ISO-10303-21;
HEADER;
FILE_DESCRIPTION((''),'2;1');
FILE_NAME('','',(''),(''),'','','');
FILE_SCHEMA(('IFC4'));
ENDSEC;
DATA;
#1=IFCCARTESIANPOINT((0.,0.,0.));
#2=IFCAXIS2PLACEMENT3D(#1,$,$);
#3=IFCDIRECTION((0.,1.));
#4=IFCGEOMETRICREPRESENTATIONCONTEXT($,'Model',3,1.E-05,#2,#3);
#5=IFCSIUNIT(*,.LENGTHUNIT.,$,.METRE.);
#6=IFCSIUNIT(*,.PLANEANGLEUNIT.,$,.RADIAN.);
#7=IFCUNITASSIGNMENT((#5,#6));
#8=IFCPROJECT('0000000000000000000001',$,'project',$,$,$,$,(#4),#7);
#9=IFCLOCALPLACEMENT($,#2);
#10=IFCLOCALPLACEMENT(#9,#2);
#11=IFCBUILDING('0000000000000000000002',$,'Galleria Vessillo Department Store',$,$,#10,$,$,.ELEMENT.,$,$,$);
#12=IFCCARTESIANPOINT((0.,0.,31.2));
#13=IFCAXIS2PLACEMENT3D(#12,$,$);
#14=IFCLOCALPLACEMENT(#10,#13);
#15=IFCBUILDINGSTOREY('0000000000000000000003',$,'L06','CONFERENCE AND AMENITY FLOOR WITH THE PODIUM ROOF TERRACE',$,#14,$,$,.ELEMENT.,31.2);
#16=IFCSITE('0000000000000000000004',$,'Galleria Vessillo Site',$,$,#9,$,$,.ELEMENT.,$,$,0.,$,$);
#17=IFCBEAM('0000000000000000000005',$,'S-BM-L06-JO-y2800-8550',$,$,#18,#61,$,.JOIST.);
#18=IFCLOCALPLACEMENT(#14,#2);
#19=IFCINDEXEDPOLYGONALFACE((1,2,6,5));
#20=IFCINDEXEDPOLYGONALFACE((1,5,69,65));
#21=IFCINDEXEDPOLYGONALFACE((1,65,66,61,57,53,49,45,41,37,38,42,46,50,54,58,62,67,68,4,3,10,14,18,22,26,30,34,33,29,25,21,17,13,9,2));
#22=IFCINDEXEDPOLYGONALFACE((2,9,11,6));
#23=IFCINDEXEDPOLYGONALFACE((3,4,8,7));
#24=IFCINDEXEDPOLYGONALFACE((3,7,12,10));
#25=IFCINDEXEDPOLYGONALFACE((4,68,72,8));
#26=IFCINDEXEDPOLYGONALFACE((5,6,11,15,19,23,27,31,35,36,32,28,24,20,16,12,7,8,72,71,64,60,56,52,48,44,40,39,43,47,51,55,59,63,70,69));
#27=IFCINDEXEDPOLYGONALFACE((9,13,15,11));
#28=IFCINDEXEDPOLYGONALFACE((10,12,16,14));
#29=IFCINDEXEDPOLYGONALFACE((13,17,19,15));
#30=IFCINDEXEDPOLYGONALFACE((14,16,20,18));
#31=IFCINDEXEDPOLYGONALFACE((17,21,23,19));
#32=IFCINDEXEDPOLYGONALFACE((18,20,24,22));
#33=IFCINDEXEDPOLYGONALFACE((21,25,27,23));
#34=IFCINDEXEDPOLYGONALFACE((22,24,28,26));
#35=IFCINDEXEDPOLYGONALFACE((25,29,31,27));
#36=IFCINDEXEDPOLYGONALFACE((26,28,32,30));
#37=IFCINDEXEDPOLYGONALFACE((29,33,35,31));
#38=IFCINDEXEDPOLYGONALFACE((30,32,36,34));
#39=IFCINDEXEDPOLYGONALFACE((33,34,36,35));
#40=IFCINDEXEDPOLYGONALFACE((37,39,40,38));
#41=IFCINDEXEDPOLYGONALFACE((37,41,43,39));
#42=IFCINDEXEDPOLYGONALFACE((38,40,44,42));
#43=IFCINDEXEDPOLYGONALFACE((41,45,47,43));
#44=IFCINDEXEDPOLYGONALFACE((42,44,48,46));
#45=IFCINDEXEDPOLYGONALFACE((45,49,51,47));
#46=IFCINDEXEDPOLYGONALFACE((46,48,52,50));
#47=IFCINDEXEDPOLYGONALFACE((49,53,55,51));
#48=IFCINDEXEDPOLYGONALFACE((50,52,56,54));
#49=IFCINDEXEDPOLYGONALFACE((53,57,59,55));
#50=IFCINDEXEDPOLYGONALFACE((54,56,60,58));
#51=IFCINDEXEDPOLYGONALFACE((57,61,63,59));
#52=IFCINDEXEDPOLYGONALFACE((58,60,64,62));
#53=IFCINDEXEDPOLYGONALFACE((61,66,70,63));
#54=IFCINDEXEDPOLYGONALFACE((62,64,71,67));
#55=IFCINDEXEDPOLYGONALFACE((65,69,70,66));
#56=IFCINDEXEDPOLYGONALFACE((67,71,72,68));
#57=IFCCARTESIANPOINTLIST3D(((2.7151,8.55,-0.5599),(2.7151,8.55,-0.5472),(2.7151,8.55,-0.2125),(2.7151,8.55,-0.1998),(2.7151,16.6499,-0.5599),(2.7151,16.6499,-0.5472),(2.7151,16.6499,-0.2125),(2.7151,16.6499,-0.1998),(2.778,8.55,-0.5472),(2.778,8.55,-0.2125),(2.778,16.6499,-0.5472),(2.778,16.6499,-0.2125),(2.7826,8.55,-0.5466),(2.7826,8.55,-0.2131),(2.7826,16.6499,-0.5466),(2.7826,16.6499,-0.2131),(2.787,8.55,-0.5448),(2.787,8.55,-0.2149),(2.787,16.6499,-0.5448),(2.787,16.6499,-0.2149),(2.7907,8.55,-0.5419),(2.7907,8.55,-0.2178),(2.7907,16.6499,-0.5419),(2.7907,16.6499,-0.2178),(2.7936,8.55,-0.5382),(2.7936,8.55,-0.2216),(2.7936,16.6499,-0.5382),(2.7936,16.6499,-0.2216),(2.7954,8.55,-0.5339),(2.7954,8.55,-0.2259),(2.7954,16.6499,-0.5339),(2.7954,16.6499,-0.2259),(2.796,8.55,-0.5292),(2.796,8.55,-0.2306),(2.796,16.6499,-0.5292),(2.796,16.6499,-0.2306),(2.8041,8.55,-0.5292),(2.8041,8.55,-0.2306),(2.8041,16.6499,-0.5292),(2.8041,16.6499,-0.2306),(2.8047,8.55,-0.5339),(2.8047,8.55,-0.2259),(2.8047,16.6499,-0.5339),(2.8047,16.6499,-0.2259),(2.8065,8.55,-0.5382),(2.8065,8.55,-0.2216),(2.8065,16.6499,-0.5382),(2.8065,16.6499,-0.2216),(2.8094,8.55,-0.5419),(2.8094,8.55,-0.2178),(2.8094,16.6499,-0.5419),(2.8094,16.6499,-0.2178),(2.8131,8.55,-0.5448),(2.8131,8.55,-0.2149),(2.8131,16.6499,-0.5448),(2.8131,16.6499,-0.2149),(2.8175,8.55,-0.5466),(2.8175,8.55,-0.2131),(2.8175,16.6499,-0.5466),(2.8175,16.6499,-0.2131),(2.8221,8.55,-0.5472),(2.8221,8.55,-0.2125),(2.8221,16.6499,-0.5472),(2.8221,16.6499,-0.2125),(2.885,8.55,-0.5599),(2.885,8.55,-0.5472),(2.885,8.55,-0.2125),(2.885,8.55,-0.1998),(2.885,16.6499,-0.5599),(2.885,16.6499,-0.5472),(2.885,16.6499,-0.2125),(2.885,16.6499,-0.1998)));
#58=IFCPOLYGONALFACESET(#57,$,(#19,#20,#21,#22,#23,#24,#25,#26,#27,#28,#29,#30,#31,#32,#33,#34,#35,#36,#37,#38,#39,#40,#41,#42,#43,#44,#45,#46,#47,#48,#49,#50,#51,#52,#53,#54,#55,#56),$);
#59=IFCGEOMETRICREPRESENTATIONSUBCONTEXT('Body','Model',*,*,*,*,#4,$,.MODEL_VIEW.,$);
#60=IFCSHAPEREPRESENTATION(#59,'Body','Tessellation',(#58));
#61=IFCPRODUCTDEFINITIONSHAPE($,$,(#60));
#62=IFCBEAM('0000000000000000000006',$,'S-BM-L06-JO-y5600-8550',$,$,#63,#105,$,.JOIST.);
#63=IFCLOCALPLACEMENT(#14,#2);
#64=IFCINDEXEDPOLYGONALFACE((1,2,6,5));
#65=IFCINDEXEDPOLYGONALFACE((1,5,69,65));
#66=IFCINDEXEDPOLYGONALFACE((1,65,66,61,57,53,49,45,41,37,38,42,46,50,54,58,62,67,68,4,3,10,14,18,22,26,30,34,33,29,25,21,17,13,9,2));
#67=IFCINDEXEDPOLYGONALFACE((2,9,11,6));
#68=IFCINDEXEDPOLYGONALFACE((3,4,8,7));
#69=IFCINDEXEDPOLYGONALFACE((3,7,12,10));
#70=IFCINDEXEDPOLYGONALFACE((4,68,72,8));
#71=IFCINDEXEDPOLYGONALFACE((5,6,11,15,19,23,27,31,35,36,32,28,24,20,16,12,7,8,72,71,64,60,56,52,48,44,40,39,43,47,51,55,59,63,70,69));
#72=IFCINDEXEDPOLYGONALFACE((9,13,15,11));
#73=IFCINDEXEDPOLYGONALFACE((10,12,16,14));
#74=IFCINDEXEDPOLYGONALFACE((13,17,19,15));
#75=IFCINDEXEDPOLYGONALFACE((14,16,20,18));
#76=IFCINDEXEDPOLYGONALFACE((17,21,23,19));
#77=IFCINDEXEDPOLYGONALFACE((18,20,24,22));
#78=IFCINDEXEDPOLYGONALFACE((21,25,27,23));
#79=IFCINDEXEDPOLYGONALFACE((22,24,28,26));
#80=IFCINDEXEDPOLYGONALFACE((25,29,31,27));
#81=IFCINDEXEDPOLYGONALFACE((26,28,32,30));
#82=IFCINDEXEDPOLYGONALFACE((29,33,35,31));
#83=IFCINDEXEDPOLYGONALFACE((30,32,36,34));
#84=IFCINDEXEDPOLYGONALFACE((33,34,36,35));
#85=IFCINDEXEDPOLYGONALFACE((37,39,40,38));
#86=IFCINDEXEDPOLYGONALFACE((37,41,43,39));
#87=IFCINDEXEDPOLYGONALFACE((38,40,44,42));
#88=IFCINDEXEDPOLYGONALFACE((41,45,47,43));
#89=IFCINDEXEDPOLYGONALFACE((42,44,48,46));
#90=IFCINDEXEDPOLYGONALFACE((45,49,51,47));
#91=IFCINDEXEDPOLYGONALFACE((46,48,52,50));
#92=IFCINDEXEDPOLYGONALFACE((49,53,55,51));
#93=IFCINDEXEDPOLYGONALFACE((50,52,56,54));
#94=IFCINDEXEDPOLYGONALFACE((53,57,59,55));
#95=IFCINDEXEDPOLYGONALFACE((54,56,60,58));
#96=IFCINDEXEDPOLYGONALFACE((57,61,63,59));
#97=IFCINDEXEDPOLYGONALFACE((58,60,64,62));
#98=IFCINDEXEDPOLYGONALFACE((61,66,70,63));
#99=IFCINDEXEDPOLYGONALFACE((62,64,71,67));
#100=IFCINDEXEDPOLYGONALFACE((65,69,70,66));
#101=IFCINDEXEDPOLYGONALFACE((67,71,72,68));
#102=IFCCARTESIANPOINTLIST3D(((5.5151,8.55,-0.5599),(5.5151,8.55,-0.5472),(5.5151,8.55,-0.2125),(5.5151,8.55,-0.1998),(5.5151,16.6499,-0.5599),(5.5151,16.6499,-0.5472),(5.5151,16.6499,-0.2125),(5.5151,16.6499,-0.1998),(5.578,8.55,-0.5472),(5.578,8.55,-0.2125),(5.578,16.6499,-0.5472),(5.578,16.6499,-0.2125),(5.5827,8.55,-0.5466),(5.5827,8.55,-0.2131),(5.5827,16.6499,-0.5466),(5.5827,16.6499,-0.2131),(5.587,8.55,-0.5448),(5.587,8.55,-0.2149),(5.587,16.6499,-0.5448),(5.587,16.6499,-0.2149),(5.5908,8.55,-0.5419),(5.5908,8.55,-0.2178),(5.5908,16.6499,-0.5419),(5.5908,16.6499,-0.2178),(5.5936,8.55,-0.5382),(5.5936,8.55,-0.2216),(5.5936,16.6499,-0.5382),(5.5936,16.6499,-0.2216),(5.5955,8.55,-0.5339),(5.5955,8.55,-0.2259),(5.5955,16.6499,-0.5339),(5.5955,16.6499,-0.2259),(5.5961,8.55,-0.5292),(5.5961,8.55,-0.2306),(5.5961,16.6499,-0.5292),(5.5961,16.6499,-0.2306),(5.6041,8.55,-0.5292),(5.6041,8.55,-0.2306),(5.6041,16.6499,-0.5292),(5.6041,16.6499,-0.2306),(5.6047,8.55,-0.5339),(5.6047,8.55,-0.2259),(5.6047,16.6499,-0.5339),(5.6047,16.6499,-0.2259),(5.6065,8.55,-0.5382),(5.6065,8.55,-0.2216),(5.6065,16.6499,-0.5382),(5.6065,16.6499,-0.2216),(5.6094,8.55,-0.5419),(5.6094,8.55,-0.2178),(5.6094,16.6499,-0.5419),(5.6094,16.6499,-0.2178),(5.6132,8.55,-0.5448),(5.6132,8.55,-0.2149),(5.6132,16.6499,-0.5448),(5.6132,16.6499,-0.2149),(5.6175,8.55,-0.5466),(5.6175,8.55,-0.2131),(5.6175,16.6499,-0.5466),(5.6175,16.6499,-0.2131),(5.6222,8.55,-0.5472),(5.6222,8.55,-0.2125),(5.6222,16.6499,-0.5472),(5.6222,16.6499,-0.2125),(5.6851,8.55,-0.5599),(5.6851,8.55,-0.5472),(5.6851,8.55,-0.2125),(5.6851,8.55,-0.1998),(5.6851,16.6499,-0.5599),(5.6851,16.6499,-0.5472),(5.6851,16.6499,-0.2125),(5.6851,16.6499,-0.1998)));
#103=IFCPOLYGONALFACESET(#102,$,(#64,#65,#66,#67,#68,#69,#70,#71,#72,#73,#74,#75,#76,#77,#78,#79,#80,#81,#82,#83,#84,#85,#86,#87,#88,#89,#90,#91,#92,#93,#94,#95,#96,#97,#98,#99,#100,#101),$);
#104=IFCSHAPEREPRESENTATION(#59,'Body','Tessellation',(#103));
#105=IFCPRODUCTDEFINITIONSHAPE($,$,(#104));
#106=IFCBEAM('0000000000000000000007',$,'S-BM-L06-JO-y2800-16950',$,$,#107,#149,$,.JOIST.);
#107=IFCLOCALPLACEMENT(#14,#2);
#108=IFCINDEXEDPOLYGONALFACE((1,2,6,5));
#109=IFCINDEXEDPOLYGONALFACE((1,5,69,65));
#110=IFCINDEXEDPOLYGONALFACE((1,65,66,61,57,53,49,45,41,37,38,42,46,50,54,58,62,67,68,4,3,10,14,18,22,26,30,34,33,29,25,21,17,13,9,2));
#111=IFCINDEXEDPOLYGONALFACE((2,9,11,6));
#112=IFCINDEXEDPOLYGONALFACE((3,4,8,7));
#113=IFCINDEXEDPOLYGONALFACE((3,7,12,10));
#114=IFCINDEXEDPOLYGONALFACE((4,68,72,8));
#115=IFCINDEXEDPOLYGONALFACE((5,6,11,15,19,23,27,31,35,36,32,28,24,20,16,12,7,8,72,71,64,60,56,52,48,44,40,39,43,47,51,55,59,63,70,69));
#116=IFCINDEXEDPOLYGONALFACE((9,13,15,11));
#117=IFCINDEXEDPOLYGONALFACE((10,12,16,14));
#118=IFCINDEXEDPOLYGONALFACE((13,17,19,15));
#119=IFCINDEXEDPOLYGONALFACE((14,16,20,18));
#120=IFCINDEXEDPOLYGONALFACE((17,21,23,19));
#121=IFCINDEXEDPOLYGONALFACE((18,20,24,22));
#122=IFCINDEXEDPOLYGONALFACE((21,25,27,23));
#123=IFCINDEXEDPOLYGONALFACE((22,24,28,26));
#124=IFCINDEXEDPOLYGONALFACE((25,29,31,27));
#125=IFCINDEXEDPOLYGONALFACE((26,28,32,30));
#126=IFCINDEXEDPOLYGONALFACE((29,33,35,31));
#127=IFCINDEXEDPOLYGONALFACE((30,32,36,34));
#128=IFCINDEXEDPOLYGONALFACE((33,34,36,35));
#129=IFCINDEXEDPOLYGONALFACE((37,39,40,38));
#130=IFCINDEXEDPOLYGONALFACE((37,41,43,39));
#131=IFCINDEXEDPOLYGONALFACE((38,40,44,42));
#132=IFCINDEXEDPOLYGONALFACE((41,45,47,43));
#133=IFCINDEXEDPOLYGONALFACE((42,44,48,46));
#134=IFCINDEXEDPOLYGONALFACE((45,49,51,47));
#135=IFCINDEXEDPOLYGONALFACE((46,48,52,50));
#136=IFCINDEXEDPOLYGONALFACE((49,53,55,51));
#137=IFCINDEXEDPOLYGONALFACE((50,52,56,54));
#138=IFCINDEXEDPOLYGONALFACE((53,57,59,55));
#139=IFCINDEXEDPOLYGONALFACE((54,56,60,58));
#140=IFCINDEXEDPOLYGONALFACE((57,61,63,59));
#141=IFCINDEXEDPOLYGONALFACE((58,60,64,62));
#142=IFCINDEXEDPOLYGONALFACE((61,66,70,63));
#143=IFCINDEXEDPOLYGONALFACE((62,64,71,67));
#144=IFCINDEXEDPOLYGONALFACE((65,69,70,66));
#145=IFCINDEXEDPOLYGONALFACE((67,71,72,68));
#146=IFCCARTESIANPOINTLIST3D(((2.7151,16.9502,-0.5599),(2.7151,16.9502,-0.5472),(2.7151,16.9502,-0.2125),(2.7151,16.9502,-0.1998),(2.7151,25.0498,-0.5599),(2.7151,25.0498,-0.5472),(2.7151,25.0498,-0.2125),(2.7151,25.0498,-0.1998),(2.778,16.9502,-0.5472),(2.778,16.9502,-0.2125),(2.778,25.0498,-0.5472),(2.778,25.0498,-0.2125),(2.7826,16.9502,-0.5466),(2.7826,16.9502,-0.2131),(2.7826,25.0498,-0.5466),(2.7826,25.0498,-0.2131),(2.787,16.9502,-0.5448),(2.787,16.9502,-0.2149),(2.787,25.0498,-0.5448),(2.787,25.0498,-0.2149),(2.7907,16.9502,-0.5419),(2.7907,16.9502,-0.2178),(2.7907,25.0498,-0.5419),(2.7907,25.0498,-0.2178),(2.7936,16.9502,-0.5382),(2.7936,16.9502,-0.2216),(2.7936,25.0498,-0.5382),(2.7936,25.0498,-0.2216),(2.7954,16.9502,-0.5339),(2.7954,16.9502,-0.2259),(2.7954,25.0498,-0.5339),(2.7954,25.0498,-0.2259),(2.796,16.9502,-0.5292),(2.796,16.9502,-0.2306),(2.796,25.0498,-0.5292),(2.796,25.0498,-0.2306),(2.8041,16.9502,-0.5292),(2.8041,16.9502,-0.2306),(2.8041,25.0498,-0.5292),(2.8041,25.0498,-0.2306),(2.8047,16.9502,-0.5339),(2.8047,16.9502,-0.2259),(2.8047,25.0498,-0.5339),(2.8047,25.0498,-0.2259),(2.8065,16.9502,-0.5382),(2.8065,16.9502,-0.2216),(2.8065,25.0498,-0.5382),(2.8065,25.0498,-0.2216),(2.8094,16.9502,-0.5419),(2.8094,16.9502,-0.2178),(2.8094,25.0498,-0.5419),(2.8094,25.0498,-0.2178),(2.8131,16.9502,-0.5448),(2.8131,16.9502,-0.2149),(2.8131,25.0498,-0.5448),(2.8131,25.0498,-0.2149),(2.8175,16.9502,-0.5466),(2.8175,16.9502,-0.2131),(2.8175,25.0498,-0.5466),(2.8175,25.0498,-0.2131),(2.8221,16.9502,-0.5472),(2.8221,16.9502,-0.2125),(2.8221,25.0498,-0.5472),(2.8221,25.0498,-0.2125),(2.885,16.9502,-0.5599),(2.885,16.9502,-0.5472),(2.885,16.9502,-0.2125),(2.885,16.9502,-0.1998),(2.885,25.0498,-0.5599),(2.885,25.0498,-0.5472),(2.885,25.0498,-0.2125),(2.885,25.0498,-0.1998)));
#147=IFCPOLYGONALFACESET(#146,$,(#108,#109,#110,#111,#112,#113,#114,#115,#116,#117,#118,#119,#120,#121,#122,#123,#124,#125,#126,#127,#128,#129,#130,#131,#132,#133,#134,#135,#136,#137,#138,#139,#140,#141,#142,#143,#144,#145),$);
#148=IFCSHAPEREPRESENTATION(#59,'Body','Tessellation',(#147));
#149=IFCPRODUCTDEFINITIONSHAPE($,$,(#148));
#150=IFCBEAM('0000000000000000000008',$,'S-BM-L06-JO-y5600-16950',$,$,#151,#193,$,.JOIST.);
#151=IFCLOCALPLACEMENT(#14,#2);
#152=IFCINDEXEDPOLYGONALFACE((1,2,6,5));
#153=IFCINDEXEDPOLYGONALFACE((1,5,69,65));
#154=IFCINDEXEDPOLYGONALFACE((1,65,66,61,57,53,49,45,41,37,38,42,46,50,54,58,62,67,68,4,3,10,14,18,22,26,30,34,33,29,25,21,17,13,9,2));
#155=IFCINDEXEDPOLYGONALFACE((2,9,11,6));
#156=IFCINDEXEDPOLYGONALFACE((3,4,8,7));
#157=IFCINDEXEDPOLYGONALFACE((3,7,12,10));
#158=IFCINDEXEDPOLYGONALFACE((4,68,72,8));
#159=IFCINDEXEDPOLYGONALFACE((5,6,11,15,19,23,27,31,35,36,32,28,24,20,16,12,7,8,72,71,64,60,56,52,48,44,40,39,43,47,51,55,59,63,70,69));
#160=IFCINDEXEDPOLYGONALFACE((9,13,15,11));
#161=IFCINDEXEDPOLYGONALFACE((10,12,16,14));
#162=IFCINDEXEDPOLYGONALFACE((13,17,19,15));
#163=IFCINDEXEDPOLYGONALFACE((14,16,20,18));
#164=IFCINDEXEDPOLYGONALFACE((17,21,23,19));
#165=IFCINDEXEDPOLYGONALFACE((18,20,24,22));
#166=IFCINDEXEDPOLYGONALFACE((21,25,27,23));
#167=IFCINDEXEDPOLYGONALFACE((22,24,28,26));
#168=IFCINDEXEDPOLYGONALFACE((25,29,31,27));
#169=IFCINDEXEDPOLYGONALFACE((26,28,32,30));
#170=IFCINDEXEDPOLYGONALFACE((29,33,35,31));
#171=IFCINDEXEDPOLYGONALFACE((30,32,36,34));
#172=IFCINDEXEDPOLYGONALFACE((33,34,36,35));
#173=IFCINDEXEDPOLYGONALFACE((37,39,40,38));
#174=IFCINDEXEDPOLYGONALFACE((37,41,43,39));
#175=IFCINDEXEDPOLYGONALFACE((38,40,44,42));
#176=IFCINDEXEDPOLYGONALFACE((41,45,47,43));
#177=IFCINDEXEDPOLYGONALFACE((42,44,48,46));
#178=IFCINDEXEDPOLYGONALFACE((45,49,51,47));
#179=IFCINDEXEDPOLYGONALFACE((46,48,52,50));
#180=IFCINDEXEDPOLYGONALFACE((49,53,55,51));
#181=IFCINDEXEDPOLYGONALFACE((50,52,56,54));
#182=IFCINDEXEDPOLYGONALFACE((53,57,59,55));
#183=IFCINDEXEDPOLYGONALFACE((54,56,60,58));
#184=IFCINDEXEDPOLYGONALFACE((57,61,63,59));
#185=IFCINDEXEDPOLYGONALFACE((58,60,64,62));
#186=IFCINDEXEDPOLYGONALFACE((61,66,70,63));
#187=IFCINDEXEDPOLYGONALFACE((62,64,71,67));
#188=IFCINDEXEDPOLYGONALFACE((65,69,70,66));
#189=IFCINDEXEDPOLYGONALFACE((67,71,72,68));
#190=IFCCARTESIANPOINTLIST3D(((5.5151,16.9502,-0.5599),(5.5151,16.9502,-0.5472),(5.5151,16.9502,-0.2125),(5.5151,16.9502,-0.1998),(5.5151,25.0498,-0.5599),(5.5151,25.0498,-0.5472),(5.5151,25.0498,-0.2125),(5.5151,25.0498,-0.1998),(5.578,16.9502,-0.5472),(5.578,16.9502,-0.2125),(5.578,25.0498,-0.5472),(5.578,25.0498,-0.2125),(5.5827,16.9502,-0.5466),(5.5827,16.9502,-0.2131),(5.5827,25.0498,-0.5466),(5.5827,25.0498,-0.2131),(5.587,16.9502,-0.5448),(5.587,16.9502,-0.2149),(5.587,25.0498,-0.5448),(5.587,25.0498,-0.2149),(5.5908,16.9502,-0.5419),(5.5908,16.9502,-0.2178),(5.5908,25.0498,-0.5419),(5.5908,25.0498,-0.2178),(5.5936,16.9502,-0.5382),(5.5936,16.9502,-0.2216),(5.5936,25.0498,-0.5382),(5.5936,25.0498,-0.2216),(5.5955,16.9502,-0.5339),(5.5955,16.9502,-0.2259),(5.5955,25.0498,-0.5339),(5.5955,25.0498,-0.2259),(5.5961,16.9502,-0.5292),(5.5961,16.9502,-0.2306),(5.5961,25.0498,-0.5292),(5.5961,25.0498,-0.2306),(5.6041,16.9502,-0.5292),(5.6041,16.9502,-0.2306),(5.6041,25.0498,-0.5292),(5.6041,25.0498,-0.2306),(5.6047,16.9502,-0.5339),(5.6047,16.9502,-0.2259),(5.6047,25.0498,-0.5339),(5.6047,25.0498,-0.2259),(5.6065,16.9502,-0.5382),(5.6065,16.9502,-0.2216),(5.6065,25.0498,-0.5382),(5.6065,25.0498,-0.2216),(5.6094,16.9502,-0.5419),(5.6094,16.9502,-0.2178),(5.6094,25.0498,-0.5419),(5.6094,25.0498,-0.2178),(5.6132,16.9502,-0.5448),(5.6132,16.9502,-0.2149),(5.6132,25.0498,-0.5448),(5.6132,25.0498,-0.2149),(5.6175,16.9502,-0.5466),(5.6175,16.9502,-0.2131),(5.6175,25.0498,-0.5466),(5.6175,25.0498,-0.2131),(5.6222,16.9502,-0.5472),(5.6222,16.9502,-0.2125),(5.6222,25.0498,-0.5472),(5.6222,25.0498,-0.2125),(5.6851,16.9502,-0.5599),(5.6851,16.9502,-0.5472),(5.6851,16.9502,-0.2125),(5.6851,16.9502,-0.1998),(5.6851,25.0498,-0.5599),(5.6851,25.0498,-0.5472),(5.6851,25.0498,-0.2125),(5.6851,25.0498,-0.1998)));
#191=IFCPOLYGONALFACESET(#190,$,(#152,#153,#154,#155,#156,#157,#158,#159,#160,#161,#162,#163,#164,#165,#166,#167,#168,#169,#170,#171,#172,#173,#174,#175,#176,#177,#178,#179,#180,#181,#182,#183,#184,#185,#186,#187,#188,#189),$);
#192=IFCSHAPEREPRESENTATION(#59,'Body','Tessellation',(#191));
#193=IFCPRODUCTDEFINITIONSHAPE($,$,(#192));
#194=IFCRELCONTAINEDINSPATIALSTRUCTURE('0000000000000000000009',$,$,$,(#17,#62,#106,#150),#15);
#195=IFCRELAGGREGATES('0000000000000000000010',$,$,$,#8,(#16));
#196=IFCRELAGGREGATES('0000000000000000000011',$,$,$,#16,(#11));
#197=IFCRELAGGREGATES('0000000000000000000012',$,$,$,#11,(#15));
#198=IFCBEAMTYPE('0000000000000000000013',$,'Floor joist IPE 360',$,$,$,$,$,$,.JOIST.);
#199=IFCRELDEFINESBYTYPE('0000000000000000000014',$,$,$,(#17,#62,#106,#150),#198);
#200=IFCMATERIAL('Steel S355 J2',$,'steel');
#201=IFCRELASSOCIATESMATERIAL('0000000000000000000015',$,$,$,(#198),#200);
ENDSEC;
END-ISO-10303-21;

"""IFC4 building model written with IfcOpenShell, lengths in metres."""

from ifc_helpers import new_model, si_unit, direction, frame, origin, origin_2d, place, context, subcontext, project, spatial, i_section, extrude, material, material_profile, profile_set, type_object, element, save


model = new_model("IFC4")

# Units and contexts
model_context = context("Model", 3, precision=1e-05, world=origin(), true_north=direction((0.0, 1.0)))
body_context = subcontext(model_context, "Body", "Model", "MODEL_VIEW")
ifc_project = project(units=[si_unit("LENGTHUNIT", "METRE"), si_unit("PLANEANGLEUNIT", "RADIAN")], contexts=[model_context])

# Site, building, storey
site_placement = place(None, origin())
site = spatial("IfcSite", under=ifc_project, at=site_placement, Name="Galleria Vessillo Site", CompositionType="ELEMENT", RefElevation=0.0)
building_placement = place(site_placement, origin())
building = spatial("IfcBuilding", under=site, at=building_placement, Name="Galleria Vessillo Department Store", CompositionType="ELEMENT")
storey_placement = place(building_placement, frame((0.0, 0.0, 31.2)))
storey = spatial("IfcBuildingStorey", under=building, at=storey_placement, Name="L06", Description="CONFERENCE AND AMENITY FLOOR WITH THE PODIUM ROOF TERRACE", CompositionType="ELEMENT", Elevation=31.2)

# Beams
ifc_material_1 = material(Name="Steel S355 J2", Category="steel")
ifc_material_profile_1 = material_profile(ifc_material_1, i_section(OverallWidth=0.1699, OverallDepth=0.3601, WebThickness=0.0081, FlangeThickness=0.0127, FilletRadius=0.0181, at=origin_2d()), Name="IPE 360")
ifc_profile_set_1 = profile_set([ifc_material_profile_1], Name="Steel S355 J2")
beam_type_1 = type_object("IfcBeamType", Name="Floor joist IPE 360", PredefinedType="JOIST", material=ifc_profile_set_1)
for number, where, z_axis, x_axis, name in (
    (1, (2.8, 8.55, -0.3799), (0.0, 1.0, 0.0), (-1.0, 0.0, 0.0), "S-BM-L06-JO-y2800-8550"),
    (2, (5.6001, 8.55, -0.3799), (0.0, 1.0, 0.0), (-1.0, 0.0, 0.0), "S-BM-L06-JO-y5600-8550"),
):
    element("IfcBeam", number, at=place(storey_placement, frame(where, z_axis=z_axis, x_axis=x_axis)), inside=storey, type_object=beam_type_1, Name=name, PredefinedType="JOIST", context=body_context, shape_type="SweptSolid", body=[
        extrude(i_section(OverallWidth=0.1699, OverallDepth=0.3601, WebThickness=0.0081, FlangeThickness=0.0127, FilletRadius=0.0181, at=origin_2d()), origin(), (0.0, 0.0, 1.0), 8.0999),
    ])
for number, where, z_axis, x_axis, name in (
    (3, (2.8, 16.9502, -0.3799), (0.0, 1.0, 0.0), (-1.0, 0.0, 0.0), "S-BM-L06-JO-y2800-16950"),
    (4, (5.6001, 16.9502, -0.3799), (0.0, 1.0, 0.0), (-1.0, 0.0, 0.0), "S-BM-L06-JO-y5600-16950"),
):
    element("IfcBeam", number, at=place(storey_placement, frame(where, z_axis=z_axis, x_axis=x_axis)), inside=storey, type_object=beam_type_1, Name=name, PredefinedType="JOIST", context=body_context, shape_type="SweptSolid", body=[
        extrude(i_section(OverallWidth=0.1699, OverallDepth=0.3601, WebThickness=0.0081, FlangeThickness=0.0127, FilletRadius=0.0181, at=origin_2d()), origin(), (0.0, 0.0, 1.0), 8.0996),
    ])

save(model, "model.ifc")
